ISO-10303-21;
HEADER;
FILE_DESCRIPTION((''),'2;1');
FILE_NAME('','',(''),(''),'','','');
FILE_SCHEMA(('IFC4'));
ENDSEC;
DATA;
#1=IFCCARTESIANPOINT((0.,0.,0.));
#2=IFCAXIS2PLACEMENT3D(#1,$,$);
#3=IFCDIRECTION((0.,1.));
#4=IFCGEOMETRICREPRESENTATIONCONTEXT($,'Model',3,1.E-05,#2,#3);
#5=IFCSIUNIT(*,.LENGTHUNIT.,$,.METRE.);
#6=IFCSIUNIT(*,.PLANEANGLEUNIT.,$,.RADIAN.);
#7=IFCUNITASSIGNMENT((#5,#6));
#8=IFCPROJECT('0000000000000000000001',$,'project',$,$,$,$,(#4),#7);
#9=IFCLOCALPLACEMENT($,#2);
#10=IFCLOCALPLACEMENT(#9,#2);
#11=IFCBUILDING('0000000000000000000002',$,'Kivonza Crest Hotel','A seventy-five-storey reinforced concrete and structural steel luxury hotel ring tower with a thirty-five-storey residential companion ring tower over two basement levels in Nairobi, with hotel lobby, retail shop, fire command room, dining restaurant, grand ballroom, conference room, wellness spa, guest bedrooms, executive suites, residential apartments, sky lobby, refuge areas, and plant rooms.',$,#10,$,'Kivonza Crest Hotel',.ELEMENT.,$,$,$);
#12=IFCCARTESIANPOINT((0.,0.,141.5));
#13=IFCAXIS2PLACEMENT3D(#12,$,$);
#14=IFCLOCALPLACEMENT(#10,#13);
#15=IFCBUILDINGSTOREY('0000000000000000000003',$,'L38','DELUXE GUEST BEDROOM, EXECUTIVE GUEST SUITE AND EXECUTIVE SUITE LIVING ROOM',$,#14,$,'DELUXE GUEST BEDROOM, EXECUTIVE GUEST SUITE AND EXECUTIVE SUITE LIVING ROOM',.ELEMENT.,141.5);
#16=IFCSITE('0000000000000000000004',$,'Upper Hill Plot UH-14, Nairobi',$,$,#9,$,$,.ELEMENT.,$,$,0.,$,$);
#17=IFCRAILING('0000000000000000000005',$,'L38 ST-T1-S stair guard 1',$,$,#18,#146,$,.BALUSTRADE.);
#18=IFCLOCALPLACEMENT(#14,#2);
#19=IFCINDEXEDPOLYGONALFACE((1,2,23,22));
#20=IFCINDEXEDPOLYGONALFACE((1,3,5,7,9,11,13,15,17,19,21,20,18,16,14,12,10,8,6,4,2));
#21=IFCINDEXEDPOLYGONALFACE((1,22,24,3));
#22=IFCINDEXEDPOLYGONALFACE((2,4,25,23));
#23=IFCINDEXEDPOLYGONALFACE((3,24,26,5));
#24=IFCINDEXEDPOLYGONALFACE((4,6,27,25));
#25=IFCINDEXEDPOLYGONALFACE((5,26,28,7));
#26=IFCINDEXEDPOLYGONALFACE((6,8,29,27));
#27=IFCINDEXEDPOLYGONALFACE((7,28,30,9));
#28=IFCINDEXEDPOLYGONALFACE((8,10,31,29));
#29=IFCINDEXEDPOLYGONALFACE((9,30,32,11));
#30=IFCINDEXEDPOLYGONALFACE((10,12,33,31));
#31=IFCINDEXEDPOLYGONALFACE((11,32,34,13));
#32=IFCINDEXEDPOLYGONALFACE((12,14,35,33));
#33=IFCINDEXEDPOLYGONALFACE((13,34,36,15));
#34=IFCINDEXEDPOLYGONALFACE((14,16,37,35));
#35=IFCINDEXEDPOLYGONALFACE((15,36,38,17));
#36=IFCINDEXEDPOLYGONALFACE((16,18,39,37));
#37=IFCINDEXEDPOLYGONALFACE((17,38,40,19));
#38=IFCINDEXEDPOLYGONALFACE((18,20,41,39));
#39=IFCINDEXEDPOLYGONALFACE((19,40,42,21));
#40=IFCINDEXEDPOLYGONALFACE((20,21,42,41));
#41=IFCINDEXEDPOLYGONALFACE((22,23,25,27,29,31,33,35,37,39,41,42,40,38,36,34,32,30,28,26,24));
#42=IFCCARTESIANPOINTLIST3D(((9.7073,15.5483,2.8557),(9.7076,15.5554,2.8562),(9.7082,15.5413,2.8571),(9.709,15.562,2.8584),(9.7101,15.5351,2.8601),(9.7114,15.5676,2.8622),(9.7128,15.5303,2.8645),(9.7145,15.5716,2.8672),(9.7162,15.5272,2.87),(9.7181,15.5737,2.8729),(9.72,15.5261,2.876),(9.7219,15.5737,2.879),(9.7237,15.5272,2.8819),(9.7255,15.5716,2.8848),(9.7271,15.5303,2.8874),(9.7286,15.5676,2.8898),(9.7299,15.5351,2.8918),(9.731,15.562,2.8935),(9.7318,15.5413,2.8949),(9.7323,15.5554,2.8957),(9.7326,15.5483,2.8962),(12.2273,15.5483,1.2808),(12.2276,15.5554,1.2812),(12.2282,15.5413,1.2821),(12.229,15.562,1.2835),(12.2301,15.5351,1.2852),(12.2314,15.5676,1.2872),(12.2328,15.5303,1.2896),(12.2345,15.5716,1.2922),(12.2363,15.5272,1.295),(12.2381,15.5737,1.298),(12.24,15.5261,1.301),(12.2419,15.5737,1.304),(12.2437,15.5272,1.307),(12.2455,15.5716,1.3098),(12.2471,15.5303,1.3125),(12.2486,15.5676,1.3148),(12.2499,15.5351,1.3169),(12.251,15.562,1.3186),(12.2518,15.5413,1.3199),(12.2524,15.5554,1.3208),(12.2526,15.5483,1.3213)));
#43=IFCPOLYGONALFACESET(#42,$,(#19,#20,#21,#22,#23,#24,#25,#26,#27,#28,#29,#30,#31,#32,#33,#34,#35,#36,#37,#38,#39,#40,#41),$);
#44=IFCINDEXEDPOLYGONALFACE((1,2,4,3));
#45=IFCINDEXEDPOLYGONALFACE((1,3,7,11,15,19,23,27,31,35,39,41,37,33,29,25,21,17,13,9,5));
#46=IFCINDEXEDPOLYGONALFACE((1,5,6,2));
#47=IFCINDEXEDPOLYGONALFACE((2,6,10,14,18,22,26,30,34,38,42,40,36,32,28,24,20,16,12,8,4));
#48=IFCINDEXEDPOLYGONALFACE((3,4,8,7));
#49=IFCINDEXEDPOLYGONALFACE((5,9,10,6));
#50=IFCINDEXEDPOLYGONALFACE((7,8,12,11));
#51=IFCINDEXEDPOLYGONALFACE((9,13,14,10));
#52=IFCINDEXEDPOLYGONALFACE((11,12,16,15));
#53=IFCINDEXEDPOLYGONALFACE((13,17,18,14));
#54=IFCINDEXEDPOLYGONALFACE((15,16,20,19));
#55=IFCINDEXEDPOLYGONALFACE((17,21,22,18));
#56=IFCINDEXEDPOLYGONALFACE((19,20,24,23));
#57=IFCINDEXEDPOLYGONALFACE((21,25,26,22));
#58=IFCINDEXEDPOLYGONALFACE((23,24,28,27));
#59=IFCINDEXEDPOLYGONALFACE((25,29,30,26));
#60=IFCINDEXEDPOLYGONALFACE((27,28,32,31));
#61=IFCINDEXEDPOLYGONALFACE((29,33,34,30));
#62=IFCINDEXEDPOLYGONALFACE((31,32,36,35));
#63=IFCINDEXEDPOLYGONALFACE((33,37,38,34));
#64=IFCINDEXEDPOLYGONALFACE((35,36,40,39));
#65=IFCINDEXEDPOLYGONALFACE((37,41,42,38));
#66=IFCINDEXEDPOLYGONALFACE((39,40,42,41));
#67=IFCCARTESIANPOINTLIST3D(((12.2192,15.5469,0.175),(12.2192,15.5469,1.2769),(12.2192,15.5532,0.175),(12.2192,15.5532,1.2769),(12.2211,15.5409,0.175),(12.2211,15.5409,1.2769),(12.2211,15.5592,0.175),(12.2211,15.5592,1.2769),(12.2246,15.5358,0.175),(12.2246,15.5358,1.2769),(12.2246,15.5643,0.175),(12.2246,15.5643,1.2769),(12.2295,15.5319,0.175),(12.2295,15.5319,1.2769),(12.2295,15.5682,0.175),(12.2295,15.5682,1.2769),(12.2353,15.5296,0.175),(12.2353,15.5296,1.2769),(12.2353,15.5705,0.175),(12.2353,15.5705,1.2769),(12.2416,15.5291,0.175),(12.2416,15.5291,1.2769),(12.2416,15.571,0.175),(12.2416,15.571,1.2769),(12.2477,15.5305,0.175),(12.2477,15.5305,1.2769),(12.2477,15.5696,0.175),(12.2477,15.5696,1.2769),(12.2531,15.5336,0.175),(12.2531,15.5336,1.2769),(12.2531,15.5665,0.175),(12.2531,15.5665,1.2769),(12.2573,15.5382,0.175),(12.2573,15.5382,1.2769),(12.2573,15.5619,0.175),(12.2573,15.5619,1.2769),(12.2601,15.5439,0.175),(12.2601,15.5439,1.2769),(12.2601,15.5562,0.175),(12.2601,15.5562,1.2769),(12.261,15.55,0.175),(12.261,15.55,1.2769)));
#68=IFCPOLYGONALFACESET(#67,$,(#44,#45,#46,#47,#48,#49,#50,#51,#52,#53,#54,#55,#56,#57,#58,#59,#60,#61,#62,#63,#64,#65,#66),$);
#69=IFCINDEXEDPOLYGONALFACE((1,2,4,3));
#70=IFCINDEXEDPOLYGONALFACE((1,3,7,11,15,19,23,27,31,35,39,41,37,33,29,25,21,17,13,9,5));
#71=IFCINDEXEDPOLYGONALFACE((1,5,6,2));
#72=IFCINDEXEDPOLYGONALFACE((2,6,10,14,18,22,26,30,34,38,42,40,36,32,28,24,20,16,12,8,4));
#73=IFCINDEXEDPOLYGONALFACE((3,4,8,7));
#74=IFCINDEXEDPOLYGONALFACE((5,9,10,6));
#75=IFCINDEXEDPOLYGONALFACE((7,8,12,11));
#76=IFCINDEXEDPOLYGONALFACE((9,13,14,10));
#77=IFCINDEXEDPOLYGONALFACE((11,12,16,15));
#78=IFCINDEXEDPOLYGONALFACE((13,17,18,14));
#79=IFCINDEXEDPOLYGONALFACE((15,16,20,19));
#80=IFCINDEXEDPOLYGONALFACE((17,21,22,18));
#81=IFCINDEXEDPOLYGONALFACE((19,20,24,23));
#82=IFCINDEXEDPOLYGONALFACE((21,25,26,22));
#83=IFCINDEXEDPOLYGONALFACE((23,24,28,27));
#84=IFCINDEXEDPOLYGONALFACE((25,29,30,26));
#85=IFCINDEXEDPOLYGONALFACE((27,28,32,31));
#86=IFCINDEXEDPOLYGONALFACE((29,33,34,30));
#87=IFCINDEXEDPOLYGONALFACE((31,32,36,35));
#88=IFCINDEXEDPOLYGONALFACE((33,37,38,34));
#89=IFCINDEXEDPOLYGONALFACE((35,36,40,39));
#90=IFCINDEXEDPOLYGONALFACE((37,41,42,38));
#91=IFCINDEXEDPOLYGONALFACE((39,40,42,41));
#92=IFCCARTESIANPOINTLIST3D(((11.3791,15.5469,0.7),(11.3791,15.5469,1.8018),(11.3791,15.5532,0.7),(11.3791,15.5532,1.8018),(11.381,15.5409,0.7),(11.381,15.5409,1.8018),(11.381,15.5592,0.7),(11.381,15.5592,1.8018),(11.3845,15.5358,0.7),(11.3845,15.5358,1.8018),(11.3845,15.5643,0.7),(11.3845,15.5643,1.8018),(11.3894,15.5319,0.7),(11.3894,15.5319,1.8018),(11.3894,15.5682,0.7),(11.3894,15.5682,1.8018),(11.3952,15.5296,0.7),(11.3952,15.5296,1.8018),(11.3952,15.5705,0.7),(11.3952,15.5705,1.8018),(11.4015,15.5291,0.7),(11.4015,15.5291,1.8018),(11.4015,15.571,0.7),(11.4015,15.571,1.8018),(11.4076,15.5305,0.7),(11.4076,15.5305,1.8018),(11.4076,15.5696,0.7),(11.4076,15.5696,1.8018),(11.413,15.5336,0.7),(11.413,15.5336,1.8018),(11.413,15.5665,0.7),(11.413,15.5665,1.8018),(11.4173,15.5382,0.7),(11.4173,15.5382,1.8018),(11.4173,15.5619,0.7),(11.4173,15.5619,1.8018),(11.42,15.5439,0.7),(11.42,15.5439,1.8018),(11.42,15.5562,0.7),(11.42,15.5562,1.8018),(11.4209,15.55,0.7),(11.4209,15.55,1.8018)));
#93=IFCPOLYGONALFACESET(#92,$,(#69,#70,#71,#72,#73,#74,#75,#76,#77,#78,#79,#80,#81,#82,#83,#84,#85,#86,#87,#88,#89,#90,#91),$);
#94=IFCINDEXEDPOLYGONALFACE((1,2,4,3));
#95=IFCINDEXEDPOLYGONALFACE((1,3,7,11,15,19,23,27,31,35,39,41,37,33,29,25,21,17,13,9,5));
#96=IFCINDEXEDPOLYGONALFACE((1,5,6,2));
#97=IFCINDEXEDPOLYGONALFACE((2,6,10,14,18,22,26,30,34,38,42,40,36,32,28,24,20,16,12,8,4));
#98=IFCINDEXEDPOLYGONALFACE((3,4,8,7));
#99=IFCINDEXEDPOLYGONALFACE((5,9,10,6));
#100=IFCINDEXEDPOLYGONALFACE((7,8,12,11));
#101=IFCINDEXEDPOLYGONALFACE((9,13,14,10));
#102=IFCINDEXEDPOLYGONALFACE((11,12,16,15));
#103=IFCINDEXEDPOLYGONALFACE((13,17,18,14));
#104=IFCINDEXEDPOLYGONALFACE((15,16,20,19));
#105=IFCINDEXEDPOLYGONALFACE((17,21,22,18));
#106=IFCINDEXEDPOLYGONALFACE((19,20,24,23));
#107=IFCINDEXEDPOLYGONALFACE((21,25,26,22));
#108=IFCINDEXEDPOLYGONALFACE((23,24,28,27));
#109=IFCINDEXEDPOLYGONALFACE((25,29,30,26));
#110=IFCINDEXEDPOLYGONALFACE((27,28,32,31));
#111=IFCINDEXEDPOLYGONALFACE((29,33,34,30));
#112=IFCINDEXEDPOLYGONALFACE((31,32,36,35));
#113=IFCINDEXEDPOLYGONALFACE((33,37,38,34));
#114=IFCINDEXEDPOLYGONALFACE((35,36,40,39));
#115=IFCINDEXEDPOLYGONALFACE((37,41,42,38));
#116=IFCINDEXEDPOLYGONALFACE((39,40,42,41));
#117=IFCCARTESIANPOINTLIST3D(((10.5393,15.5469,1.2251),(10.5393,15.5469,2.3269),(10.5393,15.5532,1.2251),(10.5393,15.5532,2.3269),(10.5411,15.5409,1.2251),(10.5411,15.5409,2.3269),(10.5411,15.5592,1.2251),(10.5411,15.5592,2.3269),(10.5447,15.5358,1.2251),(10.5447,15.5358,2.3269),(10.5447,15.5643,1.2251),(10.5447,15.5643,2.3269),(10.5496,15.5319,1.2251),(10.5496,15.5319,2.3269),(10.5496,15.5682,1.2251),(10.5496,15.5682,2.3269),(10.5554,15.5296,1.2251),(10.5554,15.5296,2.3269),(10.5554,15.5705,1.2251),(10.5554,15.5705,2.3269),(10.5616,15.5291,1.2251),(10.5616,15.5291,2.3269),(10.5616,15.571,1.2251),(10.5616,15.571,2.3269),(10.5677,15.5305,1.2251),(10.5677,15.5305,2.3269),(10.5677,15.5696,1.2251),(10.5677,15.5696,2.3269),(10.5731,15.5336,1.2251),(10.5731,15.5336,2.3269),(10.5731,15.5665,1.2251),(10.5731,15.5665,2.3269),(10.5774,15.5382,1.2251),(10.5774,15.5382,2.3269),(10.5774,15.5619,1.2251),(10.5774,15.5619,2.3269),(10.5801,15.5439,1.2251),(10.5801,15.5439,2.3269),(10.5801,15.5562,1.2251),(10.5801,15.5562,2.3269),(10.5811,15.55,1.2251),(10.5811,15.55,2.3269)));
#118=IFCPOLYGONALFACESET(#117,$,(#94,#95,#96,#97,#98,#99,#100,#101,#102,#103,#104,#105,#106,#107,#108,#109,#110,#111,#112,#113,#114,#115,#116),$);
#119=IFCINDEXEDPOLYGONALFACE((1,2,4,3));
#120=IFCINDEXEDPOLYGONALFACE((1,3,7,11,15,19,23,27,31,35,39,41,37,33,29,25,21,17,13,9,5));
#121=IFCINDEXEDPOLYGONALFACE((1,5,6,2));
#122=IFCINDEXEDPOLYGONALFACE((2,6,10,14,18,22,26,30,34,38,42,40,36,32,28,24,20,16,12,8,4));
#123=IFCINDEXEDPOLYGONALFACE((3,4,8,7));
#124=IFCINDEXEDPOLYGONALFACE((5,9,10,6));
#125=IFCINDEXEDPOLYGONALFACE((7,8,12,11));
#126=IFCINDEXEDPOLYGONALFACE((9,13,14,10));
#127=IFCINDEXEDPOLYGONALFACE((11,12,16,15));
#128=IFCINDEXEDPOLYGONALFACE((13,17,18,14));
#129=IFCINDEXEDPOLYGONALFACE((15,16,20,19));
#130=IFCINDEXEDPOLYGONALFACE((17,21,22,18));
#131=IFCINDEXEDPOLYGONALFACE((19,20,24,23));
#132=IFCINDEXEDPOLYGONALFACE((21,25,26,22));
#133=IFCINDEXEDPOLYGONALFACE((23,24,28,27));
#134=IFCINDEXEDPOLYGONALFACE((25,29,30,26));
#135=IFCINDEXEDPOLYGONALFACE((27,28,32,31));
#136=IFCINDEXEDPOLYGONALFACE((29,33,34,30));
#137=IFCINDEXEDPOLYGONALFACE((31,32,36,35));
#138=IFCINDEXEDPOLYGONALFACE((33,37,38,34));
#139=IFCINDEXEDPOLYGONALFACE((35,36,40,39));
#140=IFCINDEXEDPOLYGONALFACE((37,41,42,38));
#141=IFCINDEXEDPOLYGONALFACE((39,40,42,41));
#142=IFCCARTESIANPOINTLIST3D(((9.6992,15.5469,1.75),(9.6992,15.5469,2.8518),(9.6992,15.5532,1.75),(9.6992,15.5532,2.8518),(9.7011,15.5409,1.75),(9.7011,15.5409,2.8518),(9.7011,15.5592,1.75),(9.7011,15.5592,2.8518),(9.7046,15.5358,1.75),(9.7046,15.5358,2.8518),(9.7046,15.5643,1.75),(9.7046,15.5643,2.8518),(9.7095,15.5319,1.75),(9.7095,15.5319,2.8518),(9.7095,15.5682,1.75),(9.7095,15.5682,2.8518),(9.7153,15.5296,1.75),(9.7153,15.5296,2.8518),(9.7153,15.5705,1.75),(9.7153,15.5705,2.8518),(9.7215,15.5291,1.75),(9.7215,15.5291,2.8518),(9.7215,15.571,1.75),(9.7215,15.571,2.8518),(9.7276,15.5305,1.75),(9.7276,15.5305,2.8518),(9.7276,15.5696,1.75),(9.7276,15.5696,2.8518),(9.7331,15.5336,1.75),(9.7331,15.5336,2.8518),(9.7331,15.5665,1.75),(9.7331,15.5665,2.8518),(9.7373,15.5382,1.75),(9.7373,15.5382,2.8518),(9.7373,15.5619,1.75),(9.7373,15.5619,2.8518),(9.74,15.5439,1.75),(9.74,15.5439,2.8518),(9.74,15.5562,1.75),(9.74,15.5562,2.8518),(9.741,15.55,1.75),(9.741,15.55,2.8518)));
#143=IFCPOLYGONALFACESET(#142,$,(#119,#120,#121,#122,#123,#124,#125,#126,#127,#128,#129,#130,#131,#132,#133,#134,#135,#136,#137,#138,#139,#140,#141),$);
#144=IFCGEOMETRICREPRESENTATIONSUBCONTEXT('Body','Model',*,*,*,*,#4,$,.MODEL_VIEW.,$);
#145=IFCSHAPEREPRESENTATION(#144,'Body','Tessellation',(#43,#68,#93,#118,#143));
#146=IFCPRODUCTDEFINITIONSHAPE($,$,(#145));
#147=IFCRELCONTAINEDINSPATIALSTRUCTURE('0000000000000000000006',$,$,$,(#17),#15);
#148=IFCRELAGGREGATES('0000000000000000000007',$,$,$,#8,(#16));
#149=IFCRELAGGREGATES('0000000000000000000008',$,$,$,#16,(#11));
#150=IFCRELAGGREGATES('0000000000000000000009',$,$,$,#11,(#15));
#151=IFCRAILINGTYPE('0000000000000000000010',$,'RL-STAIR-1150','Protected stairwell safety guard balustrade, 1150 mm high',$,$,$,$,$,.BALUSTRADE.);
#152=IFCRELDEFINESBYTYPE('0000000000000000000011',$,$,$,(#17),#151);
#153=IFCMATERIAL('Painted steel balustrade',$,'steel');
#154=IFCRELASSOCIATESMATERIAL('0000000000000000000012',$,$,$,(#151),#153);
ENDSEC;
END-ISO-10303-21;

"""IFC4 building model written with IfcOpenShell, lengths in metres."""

from ifc_helpers import new_model, si_unit, direction, frame, origin, origin_2d, place, context, subcontext, project, spatial, circle, extrude, material, type_object, element, save


model = new_model("IFC4")

# Units and contexts
model_context = context("Model", 3, precision=1e-05, world=origin(), true_north=direction((0.0, 1.0)))
body_context = subcontext(model_context, "Body", "Model", "MODEL_VIEW")
ifc_project = project(units=[si_unit("LENGTHUNIT", "METRE"), si_unit("PLANEANGLEUNIT", "RADIAN")], contexts=[model_context])

# Site, building, storey
site_placement = place(None, origin())
site = spatial("IfcSite", under=ifc_project, at=site_placement, Name="Upper Hill Plot UH-14, Nairobi", CompositionType="ELEMENT", RefElevation=0.0)
building_placement = place(site_placement, origin())
building = spatial("IfcBuilding", under=site, at=building_placement, Name="Kivonza Crest Hotel", Description="A seventy-five-storey reinforced concrete and structural steel luxury hotel ring tower with a thirty-five-storey residential companion ring tower over two basement levels in Nairobi, with hotel lobby, retail shop, fire command room, dining restaurant, grand ballroom, conference room, wellness spa, guest bedrooms, executive suites, residential apartments, sky lobby, refuge areas, and plant rooms.", LongName="Kivonza Crest Hotel", CompositionType="ELEMENT")
storey_placement = place(building_placement, frame((0.0, 0.0, 141.5)))
storey = spatial("IfcBuildingStorey", under=building, at=storey_placement, Name="L38", Description="DELUXE GUEST BEDROOM, EXECUTIVE GUEST SUITE AND EXECUTIVE SUITE LIVING ROOM", LongName="DELUXE GUEST BEDROOM, EXECUTIVE GUEST SUITE AND EXECUTIVE SUITE LIVING ROOM", CompositionType="ELEMENT", Elevation=141.5)

# Railing
ifc_material_1 = material(Name="Painted steel balustrade", Category="steel")
railing_type_1 = type_object("IfcRailingType", Name="RL-STAIR-1150", Description="Protected stairwell safety guard balustrade, 1150 mm high", PredefinedType="BALUSTRADE", material=ifc_material_1)
railing_1_placement = place(storey_placement, frame((12.24, 15.55, 0.175)))
element("IfcRailing", 1, at=railing_1_placement, inside=storey, type_object=railing_type_1, Name="L38 ST-T1-S stair guard 1", PredefinedType="BALUSTRADE", context=body_context, shape_type="SweptSolid", body=[
    extrude(circle(Radius=0.0239, at=origin_2d()), frame((0.0, 0.0, 1.126), z_axis=(-0.848008, 0.0, 0.529984), x_axis=(0.0, -1.0, 0.0)), (0.0, 0.0, 1.0), 2.9717),
    extrude(circle(Radius=0.021, at=origin_2d()), origin(), (0.0, 0.0, 1.0), 1.1018),
    extrude(circle(Radius=0.021, at=origin_2d()), frame((-0.8401, 0.0, 0.5249)), (0.0, 0.0, 1.0), 1.1018),
    extrude(circle(Radius=0.021, at=origin_2d()), frame((-1.6799, 0.0, 1.05)), (0.0, 0.0, 1.0), 1.1018),
    extrude(circle(Radius=0.021, at=origin_2d()), frame((-2.52, 0.0, 1.575)), (0.0, 0.0, 1.0), 1.1018),
])

save(model, "model.ifc")
